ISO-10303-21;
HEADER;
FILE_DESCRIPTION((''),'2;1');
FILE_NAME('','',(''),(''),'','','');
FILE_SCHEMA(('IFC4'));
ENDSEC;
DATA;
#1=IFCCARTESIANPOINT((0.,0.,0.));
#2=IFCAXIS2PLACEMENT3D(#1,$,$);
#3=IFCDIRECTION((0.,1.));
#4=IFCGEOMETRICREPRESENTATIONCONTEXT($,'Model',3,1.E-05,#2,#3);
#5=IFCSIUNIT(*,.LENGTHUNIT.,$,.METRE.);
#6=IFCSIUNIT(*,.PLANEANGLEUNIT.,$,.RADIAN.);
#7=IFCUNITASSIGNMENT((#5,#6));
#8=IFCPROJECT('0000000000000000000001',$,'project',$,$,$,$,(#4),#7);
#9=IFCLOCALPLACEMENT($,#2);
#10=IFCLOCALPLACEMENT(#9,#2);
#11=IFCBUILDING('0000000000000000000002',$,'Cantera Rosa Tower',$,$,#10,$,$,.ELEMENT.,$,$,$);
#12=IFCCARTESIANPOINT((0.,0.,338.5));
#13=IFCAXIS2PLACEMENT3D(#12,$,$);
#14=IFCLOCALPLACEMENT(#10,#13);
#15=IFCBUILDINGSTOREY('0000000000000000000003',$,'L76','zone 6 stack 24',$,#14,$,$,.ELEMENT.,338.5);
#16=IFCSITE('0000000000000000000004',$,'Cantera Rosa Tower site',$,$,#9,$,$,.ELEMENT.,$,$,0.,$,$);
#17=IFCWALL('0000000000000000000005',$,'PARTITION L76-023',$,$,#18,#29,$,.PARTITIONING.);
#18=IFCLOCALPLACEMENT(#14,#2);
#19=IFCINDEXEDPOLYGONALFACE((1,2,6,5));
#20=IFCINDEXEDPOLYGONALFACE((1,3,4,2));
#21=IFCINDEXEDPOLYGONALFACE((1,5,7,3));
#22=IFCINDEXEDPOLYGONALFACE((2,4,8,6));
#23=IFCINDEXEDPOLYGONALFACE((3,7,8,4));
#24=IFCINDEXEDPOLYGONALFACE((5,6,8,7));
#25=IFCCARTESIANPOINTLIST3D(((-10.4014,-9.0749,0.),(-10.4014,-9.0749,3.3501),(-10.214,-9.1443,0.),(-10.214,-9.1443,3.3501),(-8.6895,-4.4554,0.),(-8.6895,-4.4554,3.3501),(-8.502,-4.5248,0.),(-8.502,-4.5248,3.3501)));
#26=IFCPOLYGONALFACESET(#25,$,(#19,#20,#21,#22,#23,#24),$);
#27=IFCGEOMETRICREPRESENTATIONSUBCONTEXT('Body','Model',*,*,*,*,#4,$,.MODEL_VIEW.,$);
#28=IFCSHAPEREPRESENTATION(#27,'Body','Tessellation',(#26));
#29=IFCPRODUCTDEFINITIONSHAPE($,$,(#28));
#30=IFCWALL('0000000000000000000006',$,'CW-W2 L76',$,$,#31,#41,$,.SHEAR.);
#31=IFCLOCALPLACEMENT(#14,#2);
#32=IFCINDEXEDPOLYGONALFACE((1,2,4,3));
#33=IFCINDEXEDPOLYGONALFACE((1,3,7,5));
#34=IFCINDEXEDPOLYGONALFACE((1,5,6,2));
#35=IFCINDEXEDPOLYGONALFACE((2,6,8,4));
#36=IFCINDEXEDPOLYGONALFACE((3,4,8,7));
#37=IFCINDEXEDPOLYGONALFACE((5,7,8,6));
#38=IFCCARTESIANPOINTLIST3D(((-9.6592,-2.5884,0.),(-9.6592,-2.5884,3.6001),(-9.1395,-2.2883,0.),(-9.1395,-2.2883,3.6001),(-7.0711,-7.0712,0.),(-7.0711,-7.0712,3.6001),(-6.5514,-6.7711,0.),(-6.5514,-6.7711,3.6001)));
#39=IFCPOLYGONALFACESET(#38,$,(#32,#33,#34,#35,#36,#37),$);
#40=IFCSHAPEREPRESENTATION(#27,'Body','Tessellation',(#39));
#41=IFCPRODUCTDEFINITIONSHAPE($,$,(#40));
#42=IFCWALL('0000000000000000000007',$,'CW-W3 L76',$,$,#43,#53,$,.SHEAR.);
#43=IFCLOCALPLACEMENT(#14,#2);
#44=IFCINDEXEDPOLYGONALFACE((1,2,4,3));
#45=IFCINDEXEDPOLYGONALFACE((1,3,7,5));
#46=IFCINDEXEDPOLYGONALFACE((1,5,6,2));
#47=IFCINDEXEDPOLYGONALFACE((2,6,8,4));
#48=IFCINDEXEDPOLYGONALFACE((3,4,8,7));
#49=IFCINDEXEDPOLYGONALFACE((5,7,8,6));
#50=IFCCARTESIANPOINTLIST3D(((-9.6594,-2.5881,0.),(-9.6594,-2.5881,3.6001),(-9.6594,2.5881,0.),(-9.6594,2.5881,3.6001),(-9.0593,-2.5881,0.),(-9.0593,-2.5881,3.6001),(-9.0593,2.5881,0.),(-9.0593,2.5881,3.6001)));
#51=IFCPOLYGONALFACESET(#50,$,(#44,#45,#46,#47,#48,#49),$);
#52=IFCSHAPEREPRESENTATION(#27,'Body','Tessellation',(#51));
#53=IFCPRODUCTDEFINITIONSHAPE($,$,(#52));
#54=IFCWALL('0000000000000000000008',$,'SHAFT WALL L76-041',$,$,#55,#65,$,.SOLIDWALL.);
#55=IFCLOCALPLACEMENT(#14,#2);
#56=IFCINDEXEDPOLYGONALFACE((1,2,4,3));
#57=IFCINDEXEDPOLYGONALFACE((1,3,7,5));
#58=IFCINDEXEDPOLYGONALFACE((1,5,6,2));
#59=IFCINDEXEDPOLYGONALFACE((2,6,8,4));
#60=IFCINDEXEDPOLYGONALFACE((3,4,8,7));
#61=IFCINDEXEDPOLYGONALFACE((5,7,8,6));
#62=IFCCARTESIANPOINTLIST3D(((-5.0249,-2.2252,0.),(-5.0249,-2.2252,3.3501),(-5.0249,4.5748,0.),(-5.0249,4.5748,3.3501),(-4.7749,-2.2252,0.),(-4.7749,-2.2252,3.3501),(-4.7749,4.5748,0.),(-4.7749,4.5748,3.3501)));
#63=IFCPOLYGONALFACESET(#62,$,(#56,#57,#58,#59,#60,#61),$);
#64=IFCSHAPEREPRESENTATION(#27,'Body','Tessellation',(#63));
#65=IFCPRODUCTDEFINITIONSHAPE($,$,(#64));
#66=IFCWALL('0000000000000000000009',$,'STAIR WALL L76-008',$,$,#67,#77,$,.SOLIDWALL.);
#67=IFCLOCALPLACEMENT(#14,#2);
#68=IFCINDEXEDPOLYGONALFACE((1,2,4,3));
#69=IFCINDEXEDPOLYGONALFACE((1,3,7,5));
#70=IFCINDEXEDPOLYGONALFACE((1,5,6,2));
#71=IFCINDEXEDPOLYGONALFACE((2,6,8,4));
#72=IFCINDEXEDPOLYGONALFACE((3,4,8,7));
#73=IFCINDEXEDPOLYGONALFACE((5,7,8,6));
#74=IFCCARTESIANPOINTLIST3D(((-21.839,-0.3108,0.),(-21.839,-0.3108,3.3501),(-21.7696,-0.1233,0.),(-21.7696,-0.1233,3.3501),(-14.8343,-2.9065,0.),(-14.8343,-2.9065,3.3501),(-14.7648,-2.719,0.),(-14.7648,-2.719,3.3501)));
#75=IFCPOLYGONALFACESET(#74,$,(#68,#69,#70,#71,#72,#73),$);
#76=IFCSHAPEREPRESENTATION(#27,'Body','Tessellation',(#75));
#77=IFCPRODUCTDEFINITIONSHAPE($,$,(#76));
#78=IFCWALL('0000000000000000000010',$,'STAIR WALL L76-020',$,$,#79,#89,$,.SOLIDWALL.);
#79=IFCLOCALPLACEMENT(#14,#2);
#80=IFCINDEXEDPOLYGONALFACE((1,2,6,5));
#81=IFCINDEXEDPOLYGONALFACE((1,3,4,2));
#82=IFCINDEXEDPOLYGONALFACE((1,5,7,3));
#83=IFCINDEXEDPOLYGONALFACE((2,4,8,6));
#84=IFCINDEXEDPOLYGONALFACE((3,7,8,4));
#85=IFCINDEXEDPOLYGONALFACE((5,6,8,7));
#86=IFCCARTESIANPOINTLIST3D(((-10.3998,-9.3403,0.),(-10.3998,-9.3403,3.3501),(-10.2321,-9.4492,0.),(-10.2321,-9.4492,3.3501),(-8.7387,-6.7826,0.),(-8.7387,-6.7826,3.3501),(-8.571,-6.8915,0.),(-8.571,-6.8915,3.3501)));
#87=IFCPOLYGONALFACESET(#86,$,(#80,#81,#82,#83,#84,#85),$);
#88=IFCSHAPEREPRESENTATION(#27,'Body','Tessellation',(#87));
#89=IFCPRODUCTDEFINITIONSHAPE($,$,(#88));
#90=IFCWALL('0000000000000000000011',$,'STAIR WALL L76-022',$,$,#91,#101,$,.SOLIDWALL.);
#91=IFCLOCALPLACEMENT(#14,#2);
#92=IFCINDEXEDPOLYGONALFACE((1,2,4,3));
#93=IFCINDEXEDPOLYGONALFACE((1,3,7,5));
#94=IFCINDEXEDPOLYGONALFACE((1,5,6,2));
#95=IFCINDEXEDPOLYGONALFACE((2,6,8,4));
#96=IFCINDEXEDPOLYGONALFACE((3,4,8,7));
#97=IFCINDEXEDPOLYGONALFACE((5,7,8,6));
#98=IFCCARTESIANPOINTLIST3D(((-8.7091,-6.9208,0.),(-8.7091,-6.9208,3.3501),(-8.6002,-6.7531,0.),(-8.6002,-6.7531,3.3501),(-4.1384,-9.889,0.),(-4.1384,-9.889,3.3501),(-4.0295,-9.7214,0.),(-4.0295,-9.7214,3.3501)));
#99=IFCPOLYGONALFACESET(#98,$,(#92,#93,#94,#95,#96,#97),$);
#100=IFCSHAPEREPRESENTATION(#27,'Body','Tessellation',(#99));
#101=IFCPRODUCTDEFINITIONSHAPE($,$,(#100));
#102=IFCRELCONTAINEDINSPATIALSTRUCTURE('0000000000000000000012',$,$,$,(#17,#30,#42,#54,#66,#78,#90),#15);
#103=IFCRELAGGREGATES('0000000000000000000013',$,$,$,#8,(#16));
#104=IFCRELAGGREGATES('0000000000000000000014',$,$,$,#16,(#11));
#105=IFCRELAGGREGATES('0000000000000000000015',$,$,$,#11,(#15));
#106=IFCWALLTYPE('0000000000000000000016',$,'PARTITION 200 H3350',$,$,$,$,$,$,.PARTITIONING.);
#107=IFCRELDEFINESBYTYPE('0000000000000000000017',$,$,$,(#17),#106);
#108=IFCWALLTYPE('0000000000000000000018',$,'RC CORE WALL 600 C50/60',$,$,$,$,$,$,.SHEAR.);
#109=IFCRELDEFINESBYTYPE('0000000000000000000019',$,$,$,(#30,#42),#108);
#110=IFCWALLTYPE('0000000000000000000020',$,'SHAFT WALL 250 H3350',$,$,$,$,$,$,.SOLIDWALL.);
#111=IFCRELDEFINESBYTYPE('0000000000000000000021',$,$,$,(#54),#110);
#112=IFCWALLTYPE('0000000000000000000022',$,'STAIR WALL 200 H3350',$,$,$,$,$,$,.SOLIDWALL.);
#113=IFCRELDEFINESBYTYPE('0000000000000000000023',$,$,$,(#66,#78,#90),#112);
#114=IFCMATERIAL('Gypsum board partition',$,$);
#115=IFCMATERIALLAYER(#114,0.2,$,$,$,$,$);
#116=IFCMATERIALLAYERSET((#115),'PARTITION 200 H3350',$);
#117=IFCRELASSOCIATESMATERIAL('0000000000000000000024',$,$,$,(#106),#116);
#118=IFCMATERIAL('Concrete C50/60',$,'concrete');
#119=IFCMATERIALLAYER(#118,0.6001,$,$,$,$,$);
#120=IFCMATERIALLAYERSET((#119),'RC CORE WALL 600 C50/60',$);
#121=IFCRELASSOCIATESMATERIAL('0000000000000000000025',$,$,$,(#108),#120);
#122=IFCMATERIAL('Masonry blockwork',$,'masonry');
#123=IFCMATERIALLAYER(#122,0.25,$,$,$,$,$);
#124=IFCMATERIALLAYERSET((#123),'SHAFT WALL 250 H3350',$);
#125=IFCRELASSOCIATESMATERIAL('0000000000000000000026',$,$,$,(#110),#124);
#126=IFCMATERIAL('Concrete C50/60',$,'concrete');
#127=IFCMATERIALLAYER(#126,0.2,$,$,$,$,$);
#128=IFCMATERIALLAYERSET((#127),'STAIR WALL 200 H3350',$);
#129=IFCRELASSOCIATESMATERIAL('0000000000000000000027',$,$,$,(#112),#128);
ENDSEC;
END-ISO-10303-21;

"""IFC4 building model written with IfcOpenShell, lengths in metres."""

from ifc_helpers import new_model, si_unit, direction, frame, frame_2d, origin, place, context, subcontext, project, spatial, rectangle, extrude, material, layer, layer_set, type_object, element, save


model = new_model("IFC4")

# Units and contexts
model_context = context("Model", 3, precision=1e-05, world=origin(), true_north=direction((0.0, 1.0)))
body_context = subcontext(model_context, "Body", "Model", "MODEL_VIEW")
ifc_project = project(units=[si_unit("LENGTHUNIT", "METRE"), si_unit("PLANEANGLEUNIT", "RADIAN")], contexts=[model_context])

# Site, building, storey
site_placement = place(None, origin())
site = spatial("IfcSite", under=ifc_project, at=site_placement, Name="Cantera Rosa Tower site", CompositionType="ELEMENT", RefElevation=0.0)
building_placement = place(site_placement, origin())
building = spatial("IfcBuilding", under=site, at=building_placement, Name="Cantera Rosa Tower", CompositionType="ELEMENT")
storey_placement = place(building_placement, frame((0.0, 0.0, 338.5)))
storey = spatial("IfcBuildingStorey", under=building, at=storey_placement, Name="L76", Description="zone 6 stack 24", CompositionType="ELEMENT", Elevation=338.5)

# Walls
ifc_material_1 = material(Name="Gypsum board partition")
ifc_layer_1 = layer(ifc_material_1, 0.2)
ifc_layer_set_1 = layer_set([ifc_layer_1], Name="PARTITION 200 H3350")
wall_type_1 = type_object("IfcWallType", Name="PARTITION 200 H3350", PredefinedType="PARTITIONING", material=ifc_layer_set_1)
wall_1_placement = place(storey_placement, frame((-8.5957, -4.49, 0.0), z_axis=(0.0, 0.0, 1.0), x_axis=(-0.347498, -0.937681, 0.0)))
element("IfcWall", 1, at=wall_1_placement, inside=storey, type_object=wall_type_1, Name="PARTITION L76-023", PredefinedType="PARTITIONING", context=body_context, shape_type="SweptSolid", body=[
    extrude(rectangle(XDim=4.9265, YDim=0.2, at=frame_2d((2.4634, 0.0))), origin(), (0.0, 0.0, 1.0), 3.3501),
])
ifc_material_2 = material(Name="Concrete C50/60", Category="concrete")
ifc_layer_2 = layer(ifc_material_2, 0.6001)
ifc_layer_set_2 = layer_set([ifc_layer_2], Name="RC CORE WALL 600 C50/60")
wall_type_2 = type_object("IfcWallType", Name="RC CORE WALL 600 C50/60", PredefinedType="SHEAR", material=ifc_layer_set_2)
for number, where, z_axis, x_axis, name in (
    (2, (-6.8113, -6.9211, 0.0), (0.0, 0.0, 1.0), (-0.499989, 0.866032, 0.0), "CW-W2 L76"),
    (3, (-9.3594, -2.5881, 0.0), (0.0, 0.0, 1.0), (0.0, 1.0, 0.0), "CW-W3 L76"),
):
    element("IfcWall", number, at=place(storey_placement, frame(where, z_axis=z_axis, x_axis=x_axis)), inside=storey, type_object=wall_type_2, Name=name, PredefinedType="SHEAR", context=body_context, shape_type="SweptSolid", body=[
        extrude(rectangle(XDim=5.1763, YDim=0.6001, at=frame_2d((2.5881, 0.0))), origin(), (0.0, 0.0, 1.0), 3.6001),
    ])
ifc_material_3 = material(Name="Masonry blockwork", Category="masonry")
ifc_layer_3 = layer(ifc_material_3, 0.25)
ifc_layer_set_3 = layer_set([ifc_layer_3], Name="SHAFT WALL 250 H3350")
wall_type_3 = type_object("IfcWallType", Name="SHAFT WALL 250 H3350", PredefinedType="SOLIDWALL", material=ifc_layer_set_3)
wall_2_placement = place(storey_placement, frame((-4.8999, -2.2251, 0.0), z_axis=(0.0, 0.0, 1.0), x_axis=(0.0, 1.0, 0.0)))
element("IfcWall", 4, at=wall_2_placement, inside=storey, type_object=wall_type_3, Name="SHAFT WALL L76-041", PredefinedType="SOLIDWALL", context=body_context, shape_type="SweptSolid", body=[
    extrude(rectangle(XDim=6.8, YDim=0.25, at=frame_2d((3.3999, 0.0))), origin(), (0.0, 0.0, 1.0), 3.3501),
])
ifc_material_4 = material(Name="Concrete C50/60", Category="concrete")
ifc_layer_4 = layer(ifc_material_4, 0.2)
ifc_layer_set_4 = layer_set([ifc_layer_4], Name="STAIR WALL 200 H3350")
wall_type_4 = type_object("IfcWallType", Name="STAIR WALL 200 H3350", PredefinedType="SOLIDWALL", material=ifc_layer_set_4)
wall_3_placement = place(storey_placement, frame((-14.7996, -2.8127, 0.0), z_axis=(0.0, 0.0, 1.0), x_axis=(-0.937688, 0.347478, 0.0)))
element("IfcWall", 5, at=wall_3_placement, inside=storey, type_object=wall_type_4, Name="STAIR WALL L76-008", PredefinedType="SOLIDWALL", context=body_context, shape_type="SweptSolid", body=[
    extrude(rectangle(XDim=7.4702, YDim=0.2, at=frame_2d((3.7351, 0.0))), origin(), (0.0, 0.0, 1.0), 3.3501),
])
wall_4_placement = place(storey_placement, frame((-10.3159, -9.3948, 0.0), z_axis=(0.0, 0.0, 1.0), x_axis=(0.544648, 0.838665, 0.0)))
element("IfcWall", 6, at=wall_4_placement, inside=storey, type_object=wall_type_4, Name="STAIR WALL L76-020", PredefinedType="SOLIDWALL", context=body_context, shape_type="SweptSolid", body=[
    extrude(rectangle(XDim=3.0498, YDim=0.2, at=frame_2d((1.5249, 0.0))), origin(), (0.0, 0.0, 1.0), 3.3501),
])
wall_5_placement = place(storey_placement, frame((-8.6548, -6.8369, 0.0), z_axis=(0.0, 0.0, 1.0), x_axis=(0.838675, -0.544632, 0.0)))
element("IfcWall", 7, at=wall_5_placement, inside=storey, type_object=wall_type_4, Name="STAIR WALL L76-022", PredefinedType="SOLIDWALL", context=body_context, shape_type="SweptSolid", body=[
    extrude(rectangle(XDim=5.45, YDim=0.2, at=frame_2d((2.7251, 0.0))), origin(), (0.0, 0.0, 1.0), 3.3501),
])

save(model, "model.ifc")
